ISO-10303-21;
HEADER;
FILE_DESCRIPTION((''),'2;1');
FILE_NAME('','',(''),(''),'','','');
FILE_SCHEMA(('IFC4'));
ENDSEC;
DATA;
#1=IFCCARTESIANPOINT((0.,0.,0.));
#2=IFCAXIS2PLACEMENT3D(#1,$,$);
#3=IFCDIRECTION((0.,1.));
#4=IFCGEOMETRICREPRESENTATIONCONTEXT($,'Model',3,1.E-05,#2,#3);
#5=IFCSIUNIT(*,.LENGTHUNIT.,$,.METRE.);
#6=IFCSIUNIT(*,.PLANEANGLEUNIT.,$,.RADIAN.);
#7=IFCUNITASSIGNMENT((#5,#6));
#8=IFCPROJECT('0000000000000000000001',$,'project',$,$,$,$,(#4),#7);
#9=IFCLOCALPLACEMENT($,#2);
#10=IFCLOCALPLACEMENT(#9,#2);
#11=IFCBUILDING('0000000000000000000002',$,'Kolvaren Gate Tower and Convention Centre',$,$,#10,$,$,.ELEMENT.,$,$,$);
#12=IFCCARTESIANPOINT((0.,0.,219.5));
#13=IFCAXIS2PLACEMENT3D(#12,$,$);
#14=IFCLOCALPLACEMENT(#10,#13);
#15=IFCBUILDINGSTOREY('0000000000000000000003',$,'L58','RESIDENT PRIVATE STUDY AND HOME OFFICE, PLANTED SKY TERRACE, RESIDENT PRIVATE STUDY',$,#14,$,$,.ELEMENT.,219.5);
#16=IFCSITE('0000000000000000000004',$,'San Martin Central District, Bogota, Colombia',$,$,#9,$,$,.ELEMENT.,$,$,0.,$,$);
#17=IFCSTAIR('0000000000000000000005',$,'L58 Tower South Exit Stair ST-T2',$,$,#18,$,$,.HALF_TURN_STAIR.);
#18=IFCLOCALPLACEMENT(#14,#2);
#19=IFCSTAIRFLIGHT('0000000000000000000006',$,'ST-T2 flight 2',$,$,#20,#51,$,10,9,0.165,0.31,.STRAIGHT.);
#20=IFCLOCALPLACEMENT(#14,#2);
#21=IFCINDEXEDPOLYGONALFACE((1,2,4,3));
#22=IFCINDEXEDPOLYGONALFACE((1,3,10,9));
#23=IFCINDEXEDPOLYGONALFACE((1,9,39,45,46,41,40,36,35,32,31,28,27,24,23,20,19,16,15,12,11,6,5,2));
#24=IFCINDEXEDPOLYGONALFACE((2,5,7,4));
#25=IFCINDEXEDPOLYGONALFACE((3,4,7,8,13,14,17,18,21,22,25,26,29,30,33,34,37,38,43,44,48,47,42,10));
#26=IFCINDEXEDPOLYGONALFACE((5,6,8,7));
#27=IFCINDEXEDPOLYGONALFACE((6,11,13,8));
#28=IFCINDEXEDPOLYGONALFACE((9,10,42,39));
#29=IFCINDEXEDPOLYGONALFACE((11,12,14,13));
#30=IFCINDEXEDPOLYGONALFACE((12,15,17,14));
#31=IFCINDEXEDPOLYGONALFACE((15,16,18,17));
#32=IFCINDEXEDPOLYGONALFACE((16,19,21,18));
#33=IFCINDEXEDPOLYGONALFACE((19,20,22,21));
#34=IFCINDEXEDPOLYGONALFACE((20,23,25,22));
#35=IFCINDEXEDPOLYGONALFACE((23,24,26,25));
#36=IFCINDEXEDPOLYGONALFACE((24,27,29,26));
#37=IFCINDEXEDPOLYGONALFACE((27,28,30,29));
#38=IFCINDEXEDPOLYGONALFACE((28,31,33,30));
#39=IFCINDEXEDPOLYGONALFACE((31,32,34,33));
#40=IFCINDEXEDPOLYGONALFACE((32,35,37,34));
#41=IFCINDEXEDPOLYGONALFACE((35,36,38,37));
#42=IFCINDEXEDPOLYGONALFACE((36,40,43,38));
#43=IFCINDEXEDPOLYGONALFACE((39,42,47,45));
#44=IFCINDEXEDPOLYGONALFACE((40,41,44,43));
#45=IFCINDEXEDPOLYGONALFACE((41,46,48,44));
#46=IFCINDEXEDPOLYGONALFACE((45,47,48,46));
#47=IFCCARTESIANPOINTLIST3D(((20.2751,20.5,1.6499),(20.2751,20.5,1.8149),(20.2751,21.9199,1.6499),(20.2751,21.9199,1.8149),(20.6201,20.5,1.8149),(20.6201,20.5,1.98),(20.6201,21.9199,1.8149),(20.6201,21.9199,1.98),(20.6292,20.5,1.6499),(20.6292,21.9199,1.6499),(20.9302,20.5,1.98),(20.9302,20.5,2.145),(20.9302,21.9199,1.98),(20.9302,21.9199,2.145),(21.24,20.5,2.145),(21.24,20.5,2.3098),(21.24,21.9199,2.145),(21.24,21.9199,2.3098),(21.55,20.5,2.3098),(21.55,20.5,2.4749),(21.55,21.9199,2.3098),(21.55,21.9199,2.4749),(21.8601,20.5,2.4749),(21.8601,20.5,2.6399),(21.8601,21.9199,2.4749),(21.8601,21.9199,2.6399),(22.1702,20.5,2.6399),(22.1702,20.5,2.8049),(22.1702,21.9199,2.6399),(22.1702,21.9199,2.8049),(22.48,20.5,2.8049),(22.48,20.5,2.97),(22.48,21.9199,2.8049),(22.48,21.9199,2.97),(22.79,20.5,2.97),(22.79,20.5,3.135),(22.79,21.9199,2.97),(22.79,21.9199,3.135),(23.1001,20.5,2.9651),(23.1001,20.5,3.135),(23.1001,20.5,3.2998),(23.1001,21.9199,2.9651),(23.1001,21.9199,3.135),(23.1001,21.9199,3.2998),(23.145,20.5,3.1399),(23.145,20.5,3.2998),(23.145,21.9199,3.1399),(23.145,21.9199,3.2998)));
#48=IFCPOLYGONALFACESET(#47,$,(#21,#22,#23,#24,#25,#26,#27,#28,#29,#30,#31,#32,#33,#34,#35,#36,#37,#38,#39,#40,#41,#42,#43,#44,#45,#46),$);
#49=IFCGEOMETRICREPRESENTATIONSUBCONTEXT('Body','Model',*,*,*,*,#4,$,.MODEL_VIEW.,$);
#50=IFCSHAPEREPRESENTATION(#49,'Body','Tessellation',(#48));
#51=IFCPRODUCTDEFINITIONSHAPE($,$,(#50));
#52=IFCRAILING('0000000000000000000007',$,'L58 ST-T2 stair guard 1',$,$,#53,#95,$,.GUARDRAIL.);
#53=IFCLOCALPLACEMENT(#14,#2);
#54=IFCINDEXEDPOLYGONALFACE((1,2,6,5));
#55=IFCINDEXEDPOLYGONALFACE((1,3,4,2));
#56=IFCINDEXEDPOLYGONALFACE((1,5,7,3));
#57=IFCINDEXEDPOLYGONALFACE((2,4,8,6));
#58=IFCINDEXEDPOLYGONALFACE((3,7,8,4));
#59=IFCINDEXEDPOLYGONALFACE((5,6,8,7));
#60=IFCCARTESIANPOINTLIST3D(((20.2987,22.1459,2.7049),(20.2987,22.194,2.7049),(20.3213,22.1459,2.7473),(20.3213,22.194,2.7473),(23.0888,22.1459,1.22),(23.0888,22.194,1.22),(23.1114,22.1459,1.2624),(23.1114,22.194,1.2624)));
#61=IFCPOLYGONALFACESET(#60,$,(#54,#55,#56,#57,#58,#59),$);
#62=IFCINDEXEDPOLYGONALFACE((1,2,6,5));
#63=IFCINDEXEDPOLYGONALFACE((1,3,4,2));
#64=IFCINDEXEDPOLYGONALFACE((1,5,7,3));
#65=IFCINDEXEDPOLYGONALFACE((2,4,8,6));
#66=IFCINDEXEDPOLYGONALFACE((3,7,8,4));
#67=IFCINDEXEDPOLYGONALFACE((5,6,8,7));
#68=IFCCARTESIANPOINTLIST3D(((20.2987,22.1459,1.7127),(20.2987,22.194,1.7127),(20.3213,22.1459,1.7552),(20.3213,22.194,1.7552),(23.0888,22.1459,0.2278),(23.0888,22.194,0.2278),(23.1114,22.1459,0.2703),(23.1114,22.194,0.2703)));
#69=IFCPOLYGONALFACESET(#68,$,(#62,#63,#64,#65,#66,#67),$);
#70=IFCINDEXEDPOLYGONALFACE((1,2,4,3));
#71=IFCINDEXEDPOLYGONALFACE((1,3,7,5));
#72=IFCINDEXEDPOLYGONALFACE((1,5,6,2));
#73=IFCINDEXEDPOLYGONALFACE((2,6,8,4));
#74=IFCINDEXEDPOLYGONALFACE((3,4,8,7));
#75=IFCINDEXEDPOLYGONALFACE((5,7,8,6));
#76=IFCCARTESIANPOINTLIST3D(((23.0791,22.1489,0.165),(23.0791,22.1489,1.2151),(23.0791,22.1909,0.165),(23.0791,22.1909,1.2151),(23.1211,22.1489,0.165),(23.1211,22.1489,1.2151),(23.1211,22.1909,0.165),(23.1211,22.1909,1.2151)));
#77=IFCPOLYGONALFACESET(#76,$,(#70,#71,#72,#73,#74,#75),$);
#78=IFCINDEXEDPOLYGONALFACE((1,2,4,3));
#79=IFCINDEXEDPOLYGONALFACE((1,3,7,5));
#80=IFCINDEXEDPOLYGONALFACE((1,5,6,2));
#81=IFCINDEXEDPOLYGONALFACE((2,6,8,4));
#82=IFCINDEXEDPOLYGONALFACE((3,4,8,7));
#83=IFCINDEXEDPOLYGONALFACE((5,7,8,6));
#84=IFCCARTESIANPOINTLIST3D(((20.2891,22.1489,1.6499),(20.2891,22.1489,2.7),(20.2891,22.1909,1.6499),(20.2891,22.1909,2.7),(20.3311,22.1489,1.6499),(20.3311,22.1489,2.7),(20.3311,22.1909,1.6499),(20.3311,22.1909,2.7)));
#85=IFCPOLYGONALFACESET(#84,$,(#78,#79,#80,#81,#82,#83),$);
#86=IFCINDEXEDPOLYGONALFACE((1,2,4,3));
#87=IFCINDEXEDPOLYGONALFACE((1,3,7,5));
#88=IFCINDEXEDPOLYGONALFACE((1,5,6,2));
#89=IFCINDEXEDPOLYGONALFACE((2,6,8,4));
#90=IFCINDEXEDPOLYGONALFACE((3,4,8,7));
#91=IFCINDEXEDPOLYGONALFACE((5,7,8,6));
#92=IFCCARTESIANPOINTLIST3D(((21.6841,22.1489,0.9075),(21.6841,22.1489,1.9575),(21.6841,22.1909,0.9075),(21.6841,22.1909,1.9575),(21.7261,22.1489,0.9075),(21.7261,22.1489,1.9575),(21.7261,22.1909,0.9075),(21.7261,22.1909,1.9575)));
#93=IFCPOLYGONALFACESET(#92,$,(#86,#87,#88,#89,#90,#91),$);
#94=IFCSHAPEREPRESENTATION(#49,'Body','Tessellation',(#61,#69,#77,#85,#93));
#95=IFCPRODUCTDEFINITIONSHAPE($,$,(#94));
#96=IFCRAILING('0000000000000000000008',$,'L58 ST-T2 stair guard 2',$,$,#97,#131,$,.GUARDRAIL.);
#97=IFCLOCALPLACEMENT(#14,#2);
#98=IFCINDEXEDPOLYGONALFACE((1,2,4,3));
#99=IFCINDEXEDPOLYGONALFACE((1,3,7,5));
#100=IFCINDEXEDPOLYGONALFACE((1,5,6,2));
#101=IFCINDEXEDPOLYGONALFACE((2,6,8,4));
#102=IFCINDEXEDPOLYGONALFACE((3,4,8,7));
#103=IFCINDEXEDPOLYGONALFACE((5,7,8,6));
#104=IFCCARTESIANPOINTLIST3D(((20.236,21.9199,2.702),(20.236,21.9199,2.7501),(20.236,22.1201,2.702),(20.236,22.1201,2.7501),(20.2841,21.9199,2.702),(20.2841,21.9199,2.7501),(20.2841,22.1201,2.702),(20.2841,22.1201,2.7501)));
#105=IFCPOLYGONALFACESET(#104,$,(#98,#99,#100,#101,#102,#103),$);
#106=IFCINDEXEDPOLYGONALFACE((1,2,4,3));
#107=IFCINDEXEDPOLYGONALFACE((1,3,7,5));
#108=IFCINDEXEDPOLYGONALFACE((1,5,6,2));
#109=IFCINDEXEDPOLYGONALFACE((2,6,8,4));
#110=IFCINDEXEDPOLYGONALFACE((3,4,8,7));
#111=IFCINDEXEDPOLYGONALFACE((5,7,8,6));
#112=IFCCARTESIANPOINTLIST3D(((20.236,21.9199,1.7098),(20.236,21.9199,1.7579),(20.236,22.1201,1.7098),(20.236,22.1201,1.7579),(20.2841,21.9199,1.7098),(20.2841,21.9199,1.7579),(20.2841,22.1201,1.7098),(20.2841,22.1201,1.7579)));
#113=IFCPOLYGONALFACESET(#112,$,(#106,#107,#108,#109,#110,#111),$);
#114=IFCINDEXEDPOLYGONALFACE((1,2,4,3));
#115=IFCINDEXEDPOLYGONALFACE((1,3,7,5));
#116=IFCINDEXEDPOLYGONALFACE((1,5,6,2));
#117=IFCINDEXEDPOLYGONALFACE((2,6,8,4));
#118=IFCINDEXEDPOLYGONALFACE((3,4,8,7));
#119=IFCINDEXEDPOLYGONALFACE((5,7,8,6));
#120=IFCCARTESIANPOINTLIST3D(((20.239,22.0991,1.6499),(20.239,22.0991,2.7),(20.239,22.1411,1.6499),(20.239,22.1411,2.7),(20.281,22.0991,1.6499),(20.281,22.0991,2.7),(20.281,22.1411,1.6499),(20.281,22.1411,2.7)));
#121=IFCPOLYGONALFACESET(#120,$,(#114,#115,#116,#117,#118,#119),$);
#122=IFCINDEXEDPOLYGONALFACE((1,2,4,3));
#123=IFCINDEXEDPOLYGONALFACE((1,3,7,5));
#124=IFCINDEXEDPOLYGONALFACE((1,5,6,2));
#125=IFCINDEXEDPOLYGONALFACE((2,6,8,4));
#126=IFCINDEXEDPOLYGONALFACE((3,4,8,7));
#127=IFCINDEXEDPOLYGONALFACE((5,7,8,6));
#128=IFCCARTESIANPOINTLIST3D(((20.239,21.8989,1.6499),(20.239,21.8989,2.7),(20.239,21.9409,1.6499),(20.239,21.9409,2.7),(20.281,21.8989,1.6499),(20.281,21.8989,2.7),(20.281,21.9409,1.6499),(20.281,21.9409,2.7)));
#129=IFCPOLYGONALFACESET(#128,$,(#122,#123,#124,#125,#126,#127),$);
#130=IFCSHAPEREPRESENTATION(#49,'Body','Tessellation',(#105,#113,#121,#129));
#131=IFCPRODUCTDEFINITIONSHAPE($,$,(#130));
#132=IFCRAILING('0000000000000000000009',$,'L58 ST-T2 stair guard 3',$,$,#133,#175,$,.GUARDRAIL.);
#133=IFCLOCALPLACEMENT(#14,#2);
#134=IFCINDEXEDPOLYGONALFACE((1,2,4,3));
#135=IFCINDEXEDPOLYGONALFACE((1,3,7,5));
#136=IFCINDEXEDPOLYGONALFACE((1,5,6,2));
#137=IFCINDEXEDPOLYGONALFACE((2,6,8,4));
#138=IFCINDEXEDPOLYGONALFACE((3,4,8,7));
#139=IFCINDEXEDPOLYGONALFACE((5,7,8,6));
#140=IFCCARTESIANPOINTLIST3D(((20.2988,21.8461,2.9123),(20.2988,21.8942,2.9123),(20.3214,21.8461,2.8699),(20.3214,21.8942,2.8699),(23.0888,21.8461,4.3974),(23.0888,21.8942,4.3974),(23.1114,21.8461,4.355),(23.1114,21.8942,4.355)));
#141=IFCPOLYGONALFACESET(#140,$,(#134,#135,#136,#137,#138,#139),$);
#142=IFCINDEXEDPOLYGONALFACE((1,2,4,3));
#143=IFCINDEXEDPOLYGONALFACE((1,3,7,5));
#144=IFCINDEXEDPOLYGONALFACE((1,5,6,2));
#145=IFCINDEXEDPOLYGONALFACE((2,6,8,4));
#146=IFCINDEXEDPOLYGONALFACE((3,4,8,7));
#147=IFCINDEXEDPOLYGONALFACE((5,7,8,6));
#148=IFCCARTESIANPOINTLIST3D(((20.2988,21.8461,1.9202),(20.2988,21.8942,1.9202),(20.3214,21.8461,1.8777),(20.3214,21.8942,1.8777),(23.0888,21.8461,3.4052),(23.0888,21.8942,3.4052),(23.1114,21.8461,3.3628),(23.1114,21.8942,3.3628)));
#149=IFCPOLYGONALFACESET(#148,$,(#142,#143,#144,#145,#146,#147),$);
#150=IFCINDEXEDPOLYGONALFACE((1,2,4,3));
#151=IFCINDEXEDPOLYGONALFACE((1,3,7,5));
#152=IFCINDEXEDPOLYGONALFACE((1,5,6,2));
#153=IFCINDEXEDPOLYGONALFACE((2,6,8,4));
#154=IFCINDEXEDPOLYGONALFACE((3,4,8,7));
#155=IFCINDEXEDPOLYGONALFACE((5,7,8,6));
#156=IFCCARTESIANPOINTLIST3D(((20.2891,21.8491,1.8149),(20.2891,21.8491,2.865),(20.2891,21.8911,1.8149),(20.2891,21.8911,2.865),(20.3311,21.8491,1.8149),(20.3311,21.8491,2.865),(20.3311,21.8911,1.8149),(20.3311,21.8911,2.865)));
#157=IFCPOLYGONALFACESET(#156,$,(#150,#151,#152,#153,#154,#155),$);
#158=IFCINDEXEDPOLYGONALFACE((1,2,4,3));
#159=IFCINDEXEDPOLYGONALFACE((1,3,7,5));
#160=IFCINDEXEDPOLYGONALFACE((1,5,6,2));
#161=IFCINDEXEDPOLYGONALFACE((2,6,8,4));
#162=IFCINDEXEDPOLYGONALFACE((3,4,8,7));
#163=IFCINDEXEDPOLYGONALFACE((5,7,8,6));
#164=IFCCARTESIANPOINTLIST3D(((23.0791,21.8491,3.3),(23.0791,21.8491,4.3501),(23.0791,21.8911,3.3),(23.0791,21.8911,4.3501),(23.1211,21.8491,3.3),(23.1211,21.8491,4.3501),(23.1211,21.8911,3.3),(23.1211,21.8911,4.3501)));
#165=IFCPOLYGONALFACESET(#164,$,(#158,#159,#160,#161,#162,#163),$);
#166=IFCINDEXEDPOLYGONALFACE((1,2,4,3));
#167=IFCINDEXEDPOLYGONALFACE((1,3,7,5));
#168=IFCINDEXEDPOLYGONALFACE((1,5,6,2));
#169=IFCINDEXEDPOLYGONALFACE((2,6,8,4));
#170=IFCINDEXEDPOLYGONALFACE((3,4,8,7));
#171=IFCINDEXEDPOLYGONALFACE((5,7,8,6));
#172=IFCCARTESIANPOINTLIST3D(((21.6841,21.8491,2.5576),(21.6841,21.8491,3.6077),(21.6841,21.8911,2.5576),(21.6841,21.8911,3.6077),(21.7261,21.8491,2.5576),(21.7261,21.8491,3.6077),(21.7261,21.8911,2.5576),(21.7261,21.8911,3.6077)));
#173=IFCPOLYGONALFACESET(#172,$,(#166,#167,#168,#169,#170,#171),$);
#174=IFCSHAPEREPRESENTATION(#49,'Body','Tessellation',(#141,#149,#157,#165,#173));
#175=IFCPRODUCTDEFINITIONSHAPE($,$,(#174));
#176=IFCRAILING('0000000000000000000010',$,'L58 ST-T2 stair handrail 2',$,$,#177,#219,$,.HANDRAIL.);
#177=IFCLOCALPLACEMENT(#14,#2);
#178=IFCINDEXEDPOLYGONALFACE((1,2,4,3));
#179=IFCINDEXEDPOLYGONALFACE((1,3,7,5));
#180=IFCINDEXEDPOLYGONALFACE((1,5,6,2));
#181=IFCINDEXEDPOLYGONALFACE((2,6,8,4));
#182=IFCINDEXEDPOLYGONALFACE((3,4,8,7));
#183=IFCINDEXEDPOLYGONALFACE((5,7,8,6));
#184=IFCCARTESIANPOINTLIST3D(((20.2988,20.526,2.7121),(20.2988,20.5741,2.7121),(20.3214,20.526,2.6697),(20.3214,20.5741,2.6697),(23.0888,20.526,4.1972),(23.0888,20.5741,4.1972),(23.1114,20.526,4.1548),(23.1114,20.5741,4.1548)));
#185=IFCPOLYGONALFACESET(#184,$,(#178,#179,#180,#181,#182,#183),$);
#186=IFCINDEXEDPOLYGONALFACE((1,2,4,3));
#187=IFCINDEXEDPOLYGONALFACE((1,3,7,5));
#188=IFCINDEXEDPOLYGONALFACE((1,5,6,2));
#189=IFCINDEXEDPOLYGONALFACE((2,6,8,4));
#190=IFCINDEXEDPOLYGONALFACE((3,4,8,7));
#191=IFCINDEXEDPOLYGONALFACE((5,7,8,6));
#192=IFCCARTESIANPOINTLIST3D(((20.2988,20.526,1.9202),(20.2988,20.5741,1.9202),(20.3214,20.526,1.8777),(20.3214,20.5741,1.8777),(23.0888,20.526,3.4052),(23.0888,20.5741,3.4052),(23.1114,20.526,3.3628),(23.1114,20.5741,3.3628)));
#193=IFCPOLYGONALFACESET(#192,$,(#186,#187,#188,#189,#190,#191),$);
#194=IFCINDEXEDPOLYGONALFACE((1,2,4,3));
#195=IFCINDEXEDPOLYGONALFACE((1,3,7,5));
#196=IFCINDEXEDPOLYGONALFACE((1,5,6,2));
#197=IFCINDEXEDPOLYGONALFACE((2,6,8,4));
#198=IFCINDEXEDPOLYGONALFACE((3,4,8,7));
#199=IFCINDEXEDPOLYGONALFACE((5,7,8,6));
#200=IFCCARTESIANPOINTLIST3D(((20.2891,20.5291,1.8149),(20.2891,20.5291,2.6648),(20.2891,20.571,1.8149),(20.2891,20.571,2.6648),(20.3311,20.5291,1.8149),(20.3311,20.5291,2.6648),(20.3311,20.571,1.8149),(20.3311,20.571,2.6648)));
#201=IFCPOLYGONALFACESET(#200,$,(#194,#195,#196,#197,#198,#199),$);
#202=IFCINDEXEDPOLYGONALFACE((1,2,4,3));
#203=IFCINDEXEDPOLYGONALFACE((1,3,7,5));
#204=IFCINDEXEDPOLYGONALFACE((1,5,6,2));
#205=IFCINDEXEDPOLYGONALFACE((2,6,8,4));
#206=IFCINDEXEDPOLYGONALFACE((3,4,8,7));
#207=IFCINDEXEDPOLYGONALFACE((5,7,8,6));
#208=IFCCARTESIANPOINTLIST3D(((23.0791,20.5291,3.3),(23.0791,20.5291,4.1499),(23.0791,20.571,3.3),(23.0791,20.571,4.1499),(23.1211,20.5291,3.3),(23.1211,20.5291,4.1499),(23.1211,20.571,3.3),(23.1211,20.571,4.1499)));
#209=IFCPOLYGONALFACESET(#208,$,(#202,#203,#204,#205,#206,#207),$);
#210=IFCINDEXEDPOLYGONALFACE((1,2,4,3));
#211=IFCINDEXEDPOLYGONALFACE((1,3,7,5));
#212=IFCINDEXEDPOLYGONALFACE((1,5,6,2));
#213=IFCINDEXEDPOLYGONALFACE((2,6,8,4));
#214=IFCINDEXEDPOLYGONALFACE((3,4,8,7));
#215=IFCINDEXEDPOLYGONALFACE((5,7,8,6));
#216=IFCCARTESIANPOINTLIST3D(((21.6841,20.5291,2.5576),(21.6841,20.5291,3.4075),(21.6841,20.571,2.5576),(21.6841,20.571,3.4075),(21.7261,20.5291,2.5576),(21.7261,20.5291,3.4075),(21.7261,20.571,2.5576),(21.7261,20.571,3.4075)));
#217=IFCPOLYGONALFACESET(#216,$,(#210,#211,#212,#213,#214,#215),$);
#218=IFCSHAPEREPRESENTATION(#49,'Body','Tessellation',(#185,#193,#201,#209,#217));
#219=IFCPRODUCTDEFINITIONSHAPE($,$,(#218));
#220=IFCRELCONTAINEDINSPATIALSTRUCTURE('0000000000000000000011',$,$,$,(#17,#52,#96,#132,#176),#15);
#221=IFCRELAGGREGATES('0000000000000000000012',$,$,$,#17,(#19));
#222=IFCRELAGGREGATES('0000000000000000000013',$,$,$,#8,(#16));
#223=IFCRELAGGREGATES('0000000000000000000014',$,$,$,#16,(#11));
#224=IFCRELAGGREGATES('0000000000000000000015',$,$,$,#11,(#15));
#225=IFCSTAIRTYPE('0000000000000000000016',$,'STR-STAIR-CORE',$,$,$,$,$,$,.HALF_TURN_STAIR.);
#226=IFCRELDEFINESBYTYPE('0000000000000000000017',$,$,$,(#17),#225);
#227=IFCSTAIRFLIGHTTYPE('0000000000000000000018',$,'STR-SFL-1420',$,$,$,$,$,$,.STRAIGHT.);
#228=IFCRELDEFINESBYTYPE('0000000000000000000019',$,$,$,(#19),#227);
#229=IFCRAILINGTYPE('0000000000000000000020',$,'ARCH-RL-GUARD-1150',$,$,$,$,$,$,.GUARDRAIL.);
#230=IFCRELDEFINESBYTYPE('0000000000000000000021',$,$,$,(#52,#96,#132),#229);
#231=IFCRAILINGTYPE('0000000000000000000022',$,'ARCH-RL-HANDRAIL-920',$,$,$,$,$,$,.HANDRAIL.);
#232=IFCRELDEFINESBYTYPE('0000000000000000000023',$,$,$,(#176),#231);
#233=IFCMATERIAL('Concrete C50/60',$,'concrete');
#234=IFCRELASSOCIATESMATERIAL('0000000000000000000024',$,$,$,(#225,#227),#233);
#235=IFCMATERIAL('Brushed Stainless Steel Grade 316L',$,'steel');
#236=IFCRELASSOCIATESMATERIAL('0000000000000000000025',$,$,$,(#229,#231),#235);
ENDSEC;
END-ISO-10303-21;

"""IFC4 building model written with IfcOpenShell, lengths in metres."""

from ifc_helpers import new_model, si_unit, direction, frame, origin, origin_2d, place, context, subcontext, project, spatial, polyline, rectangle, outline, extrude, material, type_object, element, aggregate, save


model = new_model("IFC4")

# Units and contexts
model_context = context("Model", 3, precision=1e-05, world=origin(), true_north=direction((0.0, 1.0)))
body_context = subcontext(model_context, "Body", "Model", "MODEL_VIEW")
ifc_project = project(units=[si_unit("LENGTHUNIT", "METRE"), si_unit("PLANEANGLEUNIT", "RADIAN")], contexts=[model_context])

# Site, building, storey
site_placement = place(None, origin())
site = spatial("IfcSite", under=ifc_project, at=site_placement, Name="San Martin Central District, Bogota, Colombia", CompositionType="ELEMENT", RefElevation=0.0)
building_placement = place(site_placement, origin())
building = spatial("IfcBuilding", under=site, at=building_placement, Name="Kolvaren Gate Tower and Convention Centre", CompositionType="ELEMENT")
storey_placement = place(building_placement, frame((0.0, 0.0, 219.5)))
storey = spatial("IfcBuildingStorey", under=building, at=storey_placement, Name="L58", Description="RESIDENT PRIVATE STUDY AND HOME OFFICE, PLANTED SKY TERRACE, RESIDENT PRIVATE STUDY", CompositionType="ELEMENT", Elevation=219.5)

# Shared definitions
ifc_material_1 = material(Name="Brushed Stainless Steel Grade 316L", Category="steel")

# Shared definitions
ifc_material_2 = material(Name="Concrete C50/60", Category="concrete")

# Stair, stair flight
stair_type = type_object("IfcStairType", Name="STR-STAIR-CORE", PredefinedType="HALF_TURN_STAIR", material=ifc_material_2)
stair_placement = place(storey_placement, origin())
stair = element("IfcStair", 1, at=stair_placement, inside=storey, type_object=stair_type, Name="L58 Tower South Exit Stair ST-T2", PredefinedType="HALF_TURN_STAIR")
stair_flight_type = type_object("IfcStairFlightType", Name="STR-SFL-1420", PredefinedType="STRAIGHT", material=ifc_material_2)
stair_flight_1_placement = place(storey_placement, frame((20.3101, 21.21, 1.6499), z_axis=(0.0, 0.0, 1.0), x_axis=(1.0, 0.0, 0.0)))
stair_flight_1 = element("IfcStairFlight", 2, at=stair_flight_1_placement, type_object=stair_flight_type, Name="ST-T2 flight 2", NumberOfRisers=10, NumberOfTreads=9, PredefinedType="STRAIGHT", RiserHeight=0.165, TreadLength=0.31, context=body_context, shape_type="SweptSolid", body=[
    extrude(outline(polyline([(-0.0349, 0.0), (-0.0349, 0.165), (0.3101, 0.165), (0.3101, 0.3301), (0.6201, 0.3301), (0.6201, 0.4951), (0.9299, 0.4951), (0.9299, 0.6599), (1.24, 0.6599), (1.24, 0.825), (1.55, 0.825), (1.55, 0.99), (1.8601, 0.99), (1.8601, 1.155), (2.1699, 1.155), (2.1699, 1.3201), (2.48, 1.3201), (2.48, 1.4851), (2.79, 1.4851), (2.79, 1.6499), (2.835, 1.6499), (2.835, 1.49), (2.79, 1.3152), (0.3191, 0.0), (-0.0349, 0.0)])), frame((0.0, 0.71, 0.0), z_axis=(0.0, -1.0, 0.0), x_axis=(1.0, 0.0, 0.0)), (0.0, 0.0, 1.0), 1.4199),
])
aggregate(stair, [stair_flight_1])

# Railings
railing_type_1 = type_object("IfcRailingType", Name="ARCH-RL-GUARD-1150", PredefinedType="GUARDRAIL", material=ifc_material_1)
railing_1_placement = place(storey_placement, frame((23.1001, 22.1699, 0.165)))
element("IfcRailing", 3, at=railing_1_placement, inside=storey, type_object=railing_type_1, Name="L58 ST-T2 stair guard 1", PredefinedType="GUARDRAIL", context=body_context, shape_type="SweptSolid", body=[
    extrude(rectangle(XDim=0.0481, YDim=0.0481, at=origin_2d()), frame((0.0, 0.0, 1.0762), z_axis=(-0.882767, 0.0, 0.46981), x_axis=(0.0, -1.0, 0.0)), (0.0, 0.0, 1.0), 3.1606),
    extrude(rectangle(XDim=0.0481, YDim=0.0481, at=origin_2d()), frame((0.0, 0.0, 0.084), z_axis=(-0.882767, 0.0, 0.46981), x_axis=(0.0, -1.0, 0.0)), (0.0, 0.0, 1.0), 3.1606),
    extrude(rectangle(XDim=0.042, YDim=0.042, at=origin_2d()), origin(), (0.0, 0.0, 1.0), 1.05),
    extrude(rectangle(XDim=0.042, YDim=0.042, at=origin_2d()), frame((-2.79, 0.0, 1.4849)), (0.0, 0.0, 1.0), 1.05),
    extrude(rectangle(XDim=0.042, YDim=0.042, at=origin_2d()), frame((-1.395, 0.0, 0.7424)), (0.0, 0.0, 1.0), 1.05),
])
railing_2_placement = place(storey_placement, frame((20.26, 22.1201, 1.6499)))
element("IfcRailing", 4, at=railing_2_placement, inside=storey, type_object=railing_type_1, Name="L58 ST-T2 stair guard 2", PredefinedType="GUARDRAIL", context=body_context, shape_type="SweptSolid", body=[
    extrude(rectangle(XDim=0.0481, YDim=0.0481, at=origin_2d()), frame((0.0, 0.0, 1.0762), z_axis=(0.0, -1.0, 0.0), x_axis=(1.0, 0.0, 0.0)), (0.0, 0.0, 1.0), 0.2002),
    extrude(rectangle(XDim=0.0481, YDim=0.0481, at=origin_2d()), frame((0.0, 0.0, 0.084), z_axis=(0.0, -1.0, 0.0), x_axis=(1.0, 0.0, 0.0)), (0.0, 0.0, 1.0), 0.2002),
    extrude(rectangle(XDim=0.042, YDim=0.042, at=origin_2d()), origin(), (0.0, 0.0, 1.0), 1.05),
    extrude(rectangle(XDim=0.042, YDim=0.042, at=origin_2d()), frame((0.0, -0.2002, 0.0)), (0.0, 0.0, 1.0), 1.05),
])
railing_3_placement = place(storey_placement, frame((20.3101, 21.8701, 1.8149)))
element("IfcRailing", 5, at=railing_3_placement, inside=storey, type_object=railing_type_1, Name="L58 ST-T2 stair guard 3", PredefinedType="GUARDRAIL", context=body_context, shape_type="SweptSolid", body=[
    extrude(rectangle(XDim=0.0481, YDim=0.0481, at=origin_2d()), frame((0.0, 0.0, 1.0762), z_axis=(0.882735, 0.0, 0.46987), x_axis=(0.0, 1.0, 0.0)), (0.0, 0.0, 1.0), 3.1606),
    extrude(rectangle(XDim=0.0481, YDim=0.0481, at=origin_2d()), frame((0.0, 0.0, 0.084), z_axis=(0.882735, 0.0, 0.46987), x_axis=(0.0, 1.0, 0.0)), (0.0, 0.0, 1.0), 3.1606),
    extrude(rectangle(XDim=0.042, YDim=0.042, at=origin_2d()), origin(), (0.0, 0.0, 1.0), 1.05),
    extrude(rectangle(XDim=0.042, YDim=0.042, at=origin_2d()), frame((2.79, 0.0, 1.4851)), (0.0, 0.0, 1.0), 1.05),
    extrude(rectangle(XDim=0.042, YDim=0.042, at=origin_2d()), frame((1.395, 0.0, 0.7427)), (0.0, 0.0, 1.0), 1.05),
])
railing_type_2 = type_object("IfcRailingType", Name="ARCH-RL-HANDRAIL-920", PredefinedType="HANDRAIL", material=ifc_material_1)
railing_4_placement = place(storey_placement, frame((20.3101, 20.55, 1.8149)))
element("IfcRailing", 6, at=railing_4_placement, inside=storey, type_object=railing_type_2, Name="L58 ST-T2 stair handrail 2", PredefinedType="HANDRAIL", context=body_context, shape_type="SweptSolid", body=[
    extrude(rectangle(XDim=0.0481, YDim=0.0481, at=origin_2d()), frame((0.0, 0.0, 0.876), z_axis=(0.882735, 0.0, 0.46987), x_axis=(0.0, 1.0, 0.0)), (0.0, 0.0, 1.0), 3.1606),
    extrude(rectangle(XDim=0.0481, YDim=0.0481, at=origin_2d()), frame((0.0, 0.0, 0.084), z_axis=(0.882735, 0.0, 0.46987), x_axis=(0.0, 1.0, 0.0)), (0.0, 0.0, 1.0), 3.1606),
    extrude(rectangle(XDim=0.042, YDim=0.042, at=origin_2d()), origin(), (0.0, 0.0, 1.0), 0.8499),
    extrude(rectangle(XDim=0.042, YDim=0.042, at=origin_2d()), frame((2.79, 0.0, 1.4851)), (0.0, 0.0, 1.0), 0.8499),
    extrude(rectangle(XDim=0.042, YDim=0.042, at=origin_2d()), frame((1.395, 0.0, 0.7427)), (0.0, 0.0, 1.0), 0.8499),
])

save(model, "model.ifc")
